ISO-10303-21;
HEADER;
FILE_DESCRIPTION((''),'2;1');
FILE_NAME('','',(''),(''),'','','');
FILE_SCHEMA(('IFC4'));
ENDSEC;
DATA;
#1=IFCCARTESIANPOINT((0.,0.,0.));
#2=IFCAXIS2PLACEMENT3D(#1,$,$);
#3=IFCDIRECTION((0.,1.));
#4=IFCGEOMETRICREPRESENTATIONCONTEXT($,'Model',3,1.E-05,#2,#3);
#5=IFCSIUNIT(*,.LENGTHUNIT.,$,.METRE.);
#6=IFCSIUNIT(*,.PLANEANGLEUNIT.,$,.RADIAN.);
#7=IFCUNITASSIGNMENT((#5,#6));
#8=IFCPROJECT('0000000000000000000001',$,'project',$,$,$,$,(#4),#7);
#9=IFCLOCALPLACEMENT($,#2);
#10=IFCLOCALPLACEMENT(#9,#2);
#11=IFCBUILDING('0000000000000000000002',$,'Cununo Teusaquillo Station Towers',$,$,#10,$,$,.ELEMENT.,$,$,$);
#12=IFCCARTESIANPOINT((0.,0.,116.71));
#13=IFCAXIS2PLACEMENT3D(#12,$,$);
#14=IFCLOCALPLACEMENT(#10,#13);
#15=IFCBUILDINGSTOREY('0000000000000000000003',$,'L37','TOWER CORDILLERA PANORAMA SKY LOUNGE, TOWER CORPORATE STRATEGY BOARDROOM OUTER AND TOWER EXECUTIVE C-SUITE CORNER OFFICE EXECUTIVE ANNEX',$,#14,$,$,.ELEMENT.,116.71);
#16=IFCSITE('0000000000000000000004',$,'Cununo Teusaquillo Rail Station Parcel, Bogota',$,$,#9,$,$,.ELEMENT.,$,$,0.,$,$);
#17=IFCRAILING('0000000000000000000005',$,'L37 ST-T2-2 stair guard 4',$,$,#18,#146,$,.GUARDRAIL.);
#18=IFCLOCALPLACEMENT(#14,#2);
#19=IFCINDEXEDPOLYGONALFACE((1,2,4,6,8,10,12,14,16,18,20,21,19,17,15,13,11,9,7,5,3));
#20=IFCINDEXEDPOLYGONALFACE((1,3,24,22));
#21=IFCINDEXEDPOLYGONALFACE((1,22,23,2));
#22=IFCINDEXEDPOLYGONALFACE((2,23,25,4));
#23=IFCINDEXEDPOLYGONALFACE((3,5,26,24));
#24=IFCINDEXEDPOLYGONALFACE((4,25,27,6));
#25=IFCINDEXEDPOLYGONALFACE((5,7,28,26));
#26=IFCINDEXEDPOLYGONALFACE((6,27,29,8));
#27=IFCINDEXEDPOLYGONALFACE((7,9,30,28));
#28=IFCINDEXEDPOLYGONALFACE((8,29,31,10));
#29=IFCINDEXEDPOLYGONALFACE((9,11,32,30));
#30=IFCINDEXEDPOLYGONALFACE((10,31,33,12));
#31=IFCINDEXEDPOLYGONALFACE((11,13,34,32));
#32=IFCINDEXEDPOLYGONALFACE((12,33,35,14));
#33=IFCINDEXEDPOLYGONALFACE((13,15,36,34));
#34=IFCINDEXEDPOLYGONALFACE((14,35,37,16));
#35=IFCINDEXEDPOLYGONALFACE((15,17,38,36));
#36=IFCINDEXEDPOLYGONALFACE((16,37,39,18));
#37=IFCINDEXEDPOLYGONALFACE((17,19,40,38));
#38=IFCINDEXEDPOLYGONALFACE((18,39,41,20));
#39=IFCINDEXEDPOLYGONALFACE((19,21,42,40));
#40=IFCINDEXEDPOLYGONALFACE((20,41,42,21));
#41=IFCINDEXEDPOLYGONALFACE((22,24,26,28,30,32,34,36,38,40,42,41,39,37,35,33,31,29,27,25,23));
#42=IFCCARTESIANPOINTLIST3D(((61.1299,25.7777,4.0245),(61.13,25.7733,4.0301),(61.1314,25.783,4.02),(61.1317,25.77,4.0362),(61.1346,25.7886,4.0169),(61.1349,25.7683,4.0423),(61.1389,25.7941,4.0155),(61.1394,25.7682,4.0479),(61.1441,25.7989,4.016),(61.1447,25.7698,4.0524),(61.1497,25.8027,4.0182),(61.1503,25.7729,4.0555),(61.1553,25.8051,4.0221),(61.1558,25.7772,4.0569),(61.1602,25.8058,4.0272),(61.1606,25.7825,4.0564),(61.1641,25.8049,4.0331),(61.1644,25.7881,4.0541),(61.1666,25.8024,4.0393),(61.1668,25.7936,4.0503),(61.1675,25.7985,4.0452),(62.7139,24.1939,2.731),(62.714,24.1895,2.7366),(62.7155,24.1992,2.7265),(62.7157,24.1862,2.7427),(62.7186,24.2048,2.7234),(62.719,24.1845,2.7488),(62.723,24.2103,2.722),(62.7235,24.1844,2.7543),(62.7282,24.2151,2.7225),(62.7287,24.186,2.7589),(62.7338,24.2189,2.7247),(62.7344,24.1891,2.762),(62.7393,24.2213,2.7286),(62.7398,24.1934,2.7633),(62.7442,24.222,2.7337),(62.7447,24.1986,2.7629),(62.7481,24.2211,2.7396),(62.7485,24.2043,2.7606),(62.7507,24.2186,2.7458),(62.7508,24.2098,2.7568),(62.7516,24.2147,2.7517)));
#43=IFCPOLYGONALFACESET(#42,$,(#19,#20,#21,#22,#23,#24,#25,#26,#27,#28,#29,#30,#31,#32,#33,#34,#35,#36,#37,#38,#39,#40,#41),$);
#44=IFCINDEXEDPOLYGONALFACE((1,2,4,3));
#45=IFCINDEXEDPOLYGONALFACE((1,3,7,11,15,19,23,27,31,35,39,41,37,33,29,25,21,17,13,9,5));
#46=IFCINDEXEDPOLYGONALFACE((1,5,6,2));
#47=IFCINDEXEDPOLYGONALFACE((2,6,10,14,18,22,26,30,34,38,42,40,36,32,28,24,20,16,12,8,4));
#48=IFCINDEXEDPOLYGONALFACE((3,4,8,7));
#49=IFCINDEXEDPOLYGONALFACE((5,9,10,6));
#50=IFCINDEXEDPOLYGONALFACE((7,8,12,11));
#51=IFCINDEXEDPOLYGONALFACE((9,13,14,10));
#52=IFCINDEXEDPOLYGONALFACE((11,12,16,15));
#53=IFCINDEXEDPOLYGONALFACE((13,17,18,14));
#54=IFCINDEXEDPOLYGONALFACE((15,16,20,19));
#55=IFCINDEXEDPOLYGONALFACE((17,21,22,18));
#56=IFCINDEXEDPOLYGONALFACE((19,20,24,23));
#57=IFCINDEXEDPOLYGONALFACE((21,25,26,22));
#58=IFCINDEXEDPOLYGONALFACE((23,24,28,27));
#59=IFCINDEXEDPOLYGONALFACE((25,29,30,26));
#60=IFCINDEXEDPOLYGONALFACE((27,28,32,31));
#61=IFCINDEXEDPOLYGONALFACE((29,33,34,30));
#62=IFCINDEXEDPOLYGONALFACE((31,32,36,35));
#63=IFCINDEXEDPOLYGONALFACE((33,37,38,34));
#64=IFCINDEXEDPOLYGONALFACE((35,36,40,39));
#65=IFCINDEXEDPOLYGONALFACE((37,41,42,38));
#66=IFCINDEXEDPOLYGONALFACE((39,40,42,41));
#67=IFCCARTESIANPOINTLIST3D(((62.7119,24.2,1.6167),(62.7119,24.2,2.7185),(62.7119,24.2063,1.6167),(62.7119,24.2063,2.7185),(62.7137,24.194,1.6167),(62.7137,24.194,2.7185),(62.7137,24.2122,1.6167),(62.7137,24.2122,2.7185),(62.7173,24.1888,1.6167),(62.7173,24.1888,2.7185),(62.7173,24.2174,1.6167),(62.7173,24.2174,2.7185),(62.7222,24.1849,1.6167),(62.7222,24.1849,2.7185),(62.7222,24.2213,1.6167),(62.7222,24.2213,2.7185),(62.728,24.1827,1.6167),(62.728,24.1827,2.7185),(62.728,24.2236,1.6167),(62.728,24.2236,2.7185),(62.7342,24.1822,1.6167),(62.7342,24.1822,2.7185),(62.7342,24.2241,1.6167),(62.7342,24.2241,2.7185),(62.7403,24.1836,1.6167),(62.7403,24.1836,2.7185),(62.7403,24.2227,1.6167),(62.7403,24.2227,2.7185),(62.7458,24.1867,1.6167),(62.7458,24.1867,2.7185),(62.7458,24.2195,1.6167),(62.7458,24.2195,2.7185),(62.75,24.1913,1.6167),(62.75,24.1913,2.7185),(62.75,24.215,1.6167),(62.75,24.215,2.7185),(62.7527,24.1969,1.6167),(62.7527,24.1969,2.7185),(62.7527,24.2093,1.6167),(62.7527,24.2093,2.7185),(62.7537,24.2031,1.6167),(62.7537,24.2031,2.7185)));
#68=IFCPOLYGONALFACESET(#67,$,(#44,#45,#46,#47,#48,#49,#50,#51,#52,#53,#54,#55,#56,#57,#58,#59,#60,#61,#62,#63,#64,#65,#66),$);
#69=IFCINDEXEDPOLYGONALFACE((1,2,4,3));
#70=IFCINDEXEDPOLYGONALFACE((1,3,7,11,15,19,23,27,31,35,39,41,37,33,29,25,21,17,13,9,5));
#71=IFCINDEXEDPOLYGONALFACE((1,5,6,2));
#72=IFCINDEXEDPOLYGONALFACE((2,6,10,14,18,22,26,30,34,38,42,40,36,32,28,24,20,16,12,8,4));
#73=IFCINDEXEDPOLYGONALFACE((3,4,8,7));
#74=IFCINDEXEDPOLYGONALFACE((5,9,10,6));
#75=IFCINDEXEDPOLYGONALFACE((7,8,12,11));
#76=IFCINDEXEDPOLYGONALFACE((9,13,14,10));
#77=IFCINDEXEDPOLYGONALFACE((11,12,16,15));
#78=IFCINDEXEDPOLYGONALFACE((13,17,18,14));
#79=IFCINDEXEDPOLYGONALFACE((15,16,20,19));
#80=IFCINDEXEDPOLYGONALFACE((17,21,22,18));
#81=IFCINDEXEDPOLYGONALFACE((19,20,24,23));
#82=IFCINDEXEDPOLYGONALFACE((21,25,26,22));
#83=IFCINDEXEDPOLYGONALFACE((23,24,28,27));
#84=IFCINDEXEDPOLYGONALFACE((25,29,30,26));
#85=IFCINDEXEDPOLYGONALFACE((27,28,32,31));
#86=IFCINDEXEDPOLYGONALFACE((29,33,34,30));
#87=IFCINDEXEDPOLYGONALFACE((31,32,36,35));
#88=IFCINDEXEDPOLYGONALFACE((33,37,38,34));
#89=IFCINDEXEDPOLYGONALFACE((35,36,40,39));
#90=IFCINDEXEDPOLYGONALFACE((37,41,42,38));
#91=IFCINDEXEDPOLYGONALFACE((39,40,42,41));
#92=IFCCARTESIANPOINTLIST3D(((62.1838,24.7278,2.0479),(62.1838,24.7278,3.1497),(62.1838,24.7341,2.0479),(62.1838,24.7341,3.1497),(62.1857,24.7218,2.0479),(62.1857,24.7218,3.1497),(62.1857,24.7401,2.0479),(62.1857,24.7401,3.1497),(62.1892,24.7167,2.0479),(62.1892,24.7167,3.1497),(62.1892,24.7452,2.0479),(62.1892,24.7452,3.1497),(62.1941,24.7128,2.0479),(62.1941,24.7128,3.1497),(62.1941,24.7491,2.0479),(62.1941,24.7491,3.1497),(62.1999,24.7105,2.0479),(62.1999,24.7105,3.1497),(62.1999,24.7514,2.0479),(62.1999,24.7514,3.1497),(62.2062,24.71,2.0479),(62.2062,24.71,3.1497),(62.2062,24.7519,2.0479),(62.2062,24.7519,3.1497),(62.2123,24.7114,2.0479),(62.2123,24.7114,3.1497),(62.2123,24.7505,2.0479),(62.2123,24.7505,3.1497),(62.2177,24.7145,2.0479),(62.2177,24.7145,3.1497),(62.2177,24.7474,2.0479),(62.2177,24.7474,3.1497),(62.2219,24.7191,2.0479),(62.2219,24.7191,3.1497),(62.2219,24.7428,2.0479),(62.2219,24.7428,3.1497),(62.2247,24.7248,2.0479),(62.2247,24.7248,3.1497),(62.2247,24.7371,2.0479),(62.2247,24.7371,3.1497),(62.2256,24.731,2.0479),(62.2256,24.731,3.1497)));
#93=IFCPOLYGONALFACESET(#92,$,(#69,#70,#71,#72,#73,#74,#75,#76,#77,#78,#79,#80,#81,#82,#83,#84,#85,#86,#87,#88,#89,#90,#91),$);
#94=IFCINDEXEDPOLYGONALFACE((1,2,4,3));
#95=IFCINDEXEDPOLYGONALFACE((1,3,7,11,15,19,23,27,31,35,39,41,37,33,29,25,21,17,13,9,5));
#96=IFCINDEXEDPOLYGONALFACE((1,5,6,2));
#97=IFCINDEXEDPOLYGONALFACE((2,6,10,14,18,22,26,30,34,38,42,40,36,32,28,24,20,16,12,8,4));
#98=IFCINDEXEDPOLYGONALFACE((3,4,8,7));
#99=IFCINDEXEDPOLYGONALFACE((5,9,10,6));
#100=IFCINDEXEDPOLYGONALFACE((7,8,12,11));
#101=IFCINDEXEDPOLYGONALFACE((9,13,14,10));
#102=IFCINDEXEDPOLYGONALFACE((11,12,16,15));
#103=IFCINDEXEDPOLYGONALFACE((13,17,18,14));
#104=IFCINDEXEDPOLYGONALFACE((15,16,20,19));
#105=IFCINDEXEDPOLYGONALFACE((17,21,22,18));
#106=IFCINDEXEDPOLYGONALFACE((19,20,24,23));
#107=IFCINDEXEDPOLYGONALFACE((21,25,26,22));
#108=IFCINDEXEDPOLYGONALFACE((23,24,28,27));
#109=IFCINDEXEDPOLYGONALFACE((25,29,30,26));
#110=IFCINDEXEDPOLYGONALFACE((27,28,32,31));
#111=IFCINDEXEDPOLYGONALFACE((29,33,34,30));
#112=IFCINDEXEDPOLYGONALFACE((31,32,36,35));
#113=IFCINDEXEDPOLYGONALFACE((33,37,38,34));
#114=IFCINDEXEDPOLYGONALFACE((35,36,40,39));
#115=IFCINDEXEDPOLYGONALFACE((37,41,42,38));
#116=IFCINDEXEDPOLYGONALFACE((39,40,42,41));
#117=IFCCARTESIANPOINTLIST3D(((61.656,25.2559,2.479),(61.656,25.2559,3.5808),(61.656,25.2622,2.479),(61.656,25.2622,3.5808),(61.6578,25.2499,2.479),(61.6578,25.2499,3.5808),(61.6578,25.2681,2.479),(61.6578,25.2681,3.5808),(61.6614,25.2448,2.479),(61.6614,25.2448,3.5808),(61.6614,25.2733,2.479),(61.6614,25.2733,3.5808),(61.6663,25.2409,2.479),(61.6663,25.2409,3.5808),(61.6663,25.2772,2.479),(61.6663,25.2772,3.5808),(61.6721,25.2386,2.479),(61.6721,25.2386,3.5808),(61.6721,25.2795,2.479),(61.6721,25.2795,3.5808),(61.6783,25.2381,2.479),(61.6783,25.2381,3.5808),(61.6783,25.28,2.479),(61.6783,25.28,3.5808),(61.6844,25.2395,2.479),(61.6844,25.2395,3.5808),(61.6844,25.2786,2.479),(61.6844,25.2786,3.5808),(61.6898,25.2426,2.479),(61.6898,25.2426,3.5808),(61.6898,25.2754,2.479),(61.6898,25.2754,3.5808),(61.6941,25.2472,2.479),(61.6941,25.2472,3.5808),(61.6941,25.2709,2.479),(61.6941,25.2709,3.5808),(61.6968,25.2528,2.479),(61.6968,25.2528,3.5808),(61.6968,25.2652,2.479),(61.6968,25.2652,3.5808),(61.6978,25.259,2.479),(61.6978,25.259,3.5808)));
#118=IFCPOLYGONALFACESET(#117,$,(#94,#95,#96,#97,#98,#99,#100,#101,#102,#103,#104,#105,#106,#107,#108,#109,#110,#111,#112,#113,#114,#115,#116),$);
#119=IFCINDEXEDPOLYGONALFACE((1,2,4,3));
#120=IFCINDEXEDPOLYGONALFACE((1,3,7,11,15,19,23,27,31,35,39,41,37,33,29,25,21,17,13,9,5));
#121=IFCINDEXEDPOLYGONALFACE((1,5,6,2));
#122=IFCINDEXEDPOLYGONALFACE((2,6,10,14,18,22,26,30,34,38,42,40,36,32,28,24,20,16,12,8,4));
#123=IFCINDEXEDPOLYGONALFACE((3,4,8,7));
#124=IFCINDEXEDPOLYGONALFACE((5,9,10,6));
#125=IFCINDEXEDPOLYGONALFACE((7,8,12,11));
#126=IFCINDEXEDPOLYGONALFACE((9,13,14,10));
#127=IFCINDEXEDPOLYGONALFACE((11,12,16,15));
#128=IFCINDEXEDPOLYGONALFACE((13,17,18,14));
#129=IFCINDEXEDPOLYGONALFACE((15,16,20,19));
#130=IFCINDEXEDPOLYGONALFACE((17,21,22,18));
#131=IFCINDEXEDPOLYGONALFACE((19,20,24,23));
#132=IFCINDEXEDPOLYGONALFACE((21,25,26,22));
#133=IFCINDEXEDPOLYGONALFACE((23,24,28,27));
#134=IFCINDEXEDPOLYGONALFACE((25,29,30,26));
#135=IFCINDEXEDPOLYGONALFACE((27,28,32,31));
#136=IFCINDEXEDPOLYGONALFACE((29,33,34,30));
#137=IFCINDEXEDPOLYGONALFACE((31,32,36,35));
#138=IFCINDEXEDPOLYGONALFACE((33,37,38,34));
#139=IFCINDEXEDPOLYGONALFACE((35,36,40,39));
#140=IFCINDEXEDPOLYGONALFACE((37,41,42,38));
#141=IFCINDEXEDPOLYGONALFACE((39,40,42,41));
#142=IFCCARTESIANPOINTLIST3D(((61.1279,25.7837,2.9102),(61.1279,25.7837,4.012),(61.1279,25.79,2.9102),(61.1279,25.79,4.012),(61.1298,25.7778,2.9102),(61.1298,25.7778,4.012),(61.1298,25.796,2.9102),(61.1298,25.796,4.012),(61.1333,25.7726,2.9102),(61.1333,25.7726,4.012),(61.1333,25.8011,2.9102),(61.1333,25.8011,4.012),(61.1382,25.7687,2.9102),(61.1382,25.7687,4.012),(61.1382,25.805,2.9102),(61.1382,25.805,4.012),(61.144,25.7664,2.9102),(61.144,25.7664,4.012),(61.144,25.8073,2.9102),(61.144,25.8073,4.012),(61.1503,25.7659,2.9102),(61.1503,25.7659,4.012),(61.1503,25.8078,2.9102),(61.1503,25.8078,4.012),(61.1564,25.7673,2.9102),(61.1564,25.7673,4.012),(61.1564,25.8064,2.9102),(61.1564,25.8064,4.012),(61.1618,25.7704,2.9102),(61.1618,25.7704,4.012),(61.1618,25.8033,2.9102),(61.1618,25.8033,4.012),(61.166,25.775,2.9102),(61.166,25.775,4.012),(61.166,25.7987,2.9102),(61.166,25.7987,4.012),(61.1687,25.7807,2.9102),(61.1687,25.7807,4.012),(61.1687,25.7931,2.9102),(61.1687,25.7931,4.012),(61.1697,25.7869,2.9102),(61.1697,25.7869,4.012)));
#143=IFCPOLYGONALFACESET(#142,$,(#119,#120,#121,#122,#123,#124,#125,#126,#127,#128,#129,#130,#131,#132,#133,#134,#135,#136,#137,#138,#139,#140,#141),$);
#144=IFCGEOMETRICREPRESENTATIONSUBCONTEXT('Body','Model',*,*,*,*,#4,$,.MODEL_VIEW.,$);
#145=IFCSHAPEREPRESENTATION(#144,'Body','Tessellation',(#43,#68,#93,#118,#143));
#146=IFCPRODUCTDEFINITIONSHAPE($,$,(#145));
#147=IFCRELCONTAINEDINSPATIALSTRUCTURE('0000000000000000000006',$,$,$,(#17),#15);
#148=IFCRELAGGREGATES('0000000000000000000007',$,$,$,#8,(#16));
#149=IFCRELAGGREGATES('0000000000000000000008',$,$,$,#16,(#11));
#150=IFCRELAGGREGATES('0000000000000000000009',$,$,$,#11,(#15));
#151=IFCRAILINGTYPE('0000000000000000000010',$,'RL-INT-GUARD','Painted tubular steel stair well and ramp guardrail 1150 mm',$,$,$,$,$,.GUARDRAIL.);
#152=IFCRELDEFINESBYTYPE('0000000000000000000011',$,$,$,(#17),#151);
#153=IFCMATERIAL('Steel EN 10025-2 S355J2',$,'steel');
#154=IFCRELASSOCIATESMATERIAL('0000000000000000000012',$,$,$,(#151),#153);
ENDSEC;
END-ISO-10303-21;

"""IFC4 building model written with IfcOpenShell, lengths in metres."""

from ifc_helpers import new_model, si_unit, direction, frame, origin, origin_2d, place, context, subcontext, project, spatial, circle, extrude, material, type_object, element, save


model = new_model("IFC4")

# Units and contexts
model_context = context("Model", 3, precision=1e-05, world=origin(), true_north=direction((0.0, 1.0)))
body_context = subcontext(model_context, "Body", "Model", "MODEL_VIEW")
ifc_project = project(units=[si_unit("LENGTHUNIT", "METRE"), si_unit("PLANEANGLEUNIT", "RADIAN")], contexts=[model_context])

# Site, building, storey
site_placement = place(None, origin())
site = spatial("IfcSite", under=ifc_project, at=site_placement, Name="Cununo Teusaquillo Rail Station Parcel, Bogota", CompositionType="ELEMENT", RefElevation=0.0)
building_placement = place(site_placement, origin())
building = spatial("IfcBuilding", under=site, at=building_placement, Name="Cununo Teusaquillo Station Towers", CompositionType="ELEMENT")
storey_placement = place(building_placement, frame((0.0, 0.0, 116.71)))
storey = spatial("IfcBuildingStorey", under=building, at=storey_placement, Name="L37", Description="TOWER CORDILLERA PANORAMA SKY LOUNGE, TOWER CORPORATE STRATEGY BOARDROOM OUTER AND TOWER EXECUTIVE C-SUITE CORNER OFFICE EXECUTIVE ANNEX", CompositionType="ELEMENT", Elevation=116.71)

# Railing
ifc_material_1 = material(Name="Steel EN 10025-2 S355J2", Category="steel")
railing_type_1 = type_object("IfcRailingType", Name="RL-INT-GUARD", Description="Painted tubular steel stair well and ramp guardrail 1150 mm", PredefinedType="GUARDRAIL", material=ifc_material_1)
railing_1_placement = place(storey_placement, frame((62.7327, 24.2031, 1.6167)))
element("IfcRailing", 1, at=railing_1_placement, inside=storey, type_object=railing_type_1, Name="L37 ST-T2-2 stair guard 4", PredefinedType="GUARDRAIL", context=body_context, shape_type="SweptSolid", body=[
    extrude(circle(Radius=0.0239, at=origin_2d()), frame((0.0, 0.0, 1.126), z_axis=(-0.612391, 0.612297, 0.500069), x_axis=(-0.707052, -0.707161, 0.0)), (0.0, 0.0, 1.0), 2.5867),
    extrude(circle(Radius=0.021, at=origin_2d()), origin(), (0.0, 0.0, 1.0), 1.1018),
    extrude(circle(Radius=0.021, at=origin_2d()), frame((-0.5281, 0.5278, 0.4312)), (0.0, 0.0, 1.0), 1.1018),
    extrude(circle(Radius=0.021, at=origin_2d()), frame((-1.0559, 1.0559, 0.8623)), (0.0, 0.0, 1.0), 1.1018),
    extrude(circle(Radius=0.021, at=origin_2d()), frame((-1.584, 1.5837, 1.2935)), (0.0, 0.0, 1.0), 1.1018),
])

save(model, "model.ifc")
